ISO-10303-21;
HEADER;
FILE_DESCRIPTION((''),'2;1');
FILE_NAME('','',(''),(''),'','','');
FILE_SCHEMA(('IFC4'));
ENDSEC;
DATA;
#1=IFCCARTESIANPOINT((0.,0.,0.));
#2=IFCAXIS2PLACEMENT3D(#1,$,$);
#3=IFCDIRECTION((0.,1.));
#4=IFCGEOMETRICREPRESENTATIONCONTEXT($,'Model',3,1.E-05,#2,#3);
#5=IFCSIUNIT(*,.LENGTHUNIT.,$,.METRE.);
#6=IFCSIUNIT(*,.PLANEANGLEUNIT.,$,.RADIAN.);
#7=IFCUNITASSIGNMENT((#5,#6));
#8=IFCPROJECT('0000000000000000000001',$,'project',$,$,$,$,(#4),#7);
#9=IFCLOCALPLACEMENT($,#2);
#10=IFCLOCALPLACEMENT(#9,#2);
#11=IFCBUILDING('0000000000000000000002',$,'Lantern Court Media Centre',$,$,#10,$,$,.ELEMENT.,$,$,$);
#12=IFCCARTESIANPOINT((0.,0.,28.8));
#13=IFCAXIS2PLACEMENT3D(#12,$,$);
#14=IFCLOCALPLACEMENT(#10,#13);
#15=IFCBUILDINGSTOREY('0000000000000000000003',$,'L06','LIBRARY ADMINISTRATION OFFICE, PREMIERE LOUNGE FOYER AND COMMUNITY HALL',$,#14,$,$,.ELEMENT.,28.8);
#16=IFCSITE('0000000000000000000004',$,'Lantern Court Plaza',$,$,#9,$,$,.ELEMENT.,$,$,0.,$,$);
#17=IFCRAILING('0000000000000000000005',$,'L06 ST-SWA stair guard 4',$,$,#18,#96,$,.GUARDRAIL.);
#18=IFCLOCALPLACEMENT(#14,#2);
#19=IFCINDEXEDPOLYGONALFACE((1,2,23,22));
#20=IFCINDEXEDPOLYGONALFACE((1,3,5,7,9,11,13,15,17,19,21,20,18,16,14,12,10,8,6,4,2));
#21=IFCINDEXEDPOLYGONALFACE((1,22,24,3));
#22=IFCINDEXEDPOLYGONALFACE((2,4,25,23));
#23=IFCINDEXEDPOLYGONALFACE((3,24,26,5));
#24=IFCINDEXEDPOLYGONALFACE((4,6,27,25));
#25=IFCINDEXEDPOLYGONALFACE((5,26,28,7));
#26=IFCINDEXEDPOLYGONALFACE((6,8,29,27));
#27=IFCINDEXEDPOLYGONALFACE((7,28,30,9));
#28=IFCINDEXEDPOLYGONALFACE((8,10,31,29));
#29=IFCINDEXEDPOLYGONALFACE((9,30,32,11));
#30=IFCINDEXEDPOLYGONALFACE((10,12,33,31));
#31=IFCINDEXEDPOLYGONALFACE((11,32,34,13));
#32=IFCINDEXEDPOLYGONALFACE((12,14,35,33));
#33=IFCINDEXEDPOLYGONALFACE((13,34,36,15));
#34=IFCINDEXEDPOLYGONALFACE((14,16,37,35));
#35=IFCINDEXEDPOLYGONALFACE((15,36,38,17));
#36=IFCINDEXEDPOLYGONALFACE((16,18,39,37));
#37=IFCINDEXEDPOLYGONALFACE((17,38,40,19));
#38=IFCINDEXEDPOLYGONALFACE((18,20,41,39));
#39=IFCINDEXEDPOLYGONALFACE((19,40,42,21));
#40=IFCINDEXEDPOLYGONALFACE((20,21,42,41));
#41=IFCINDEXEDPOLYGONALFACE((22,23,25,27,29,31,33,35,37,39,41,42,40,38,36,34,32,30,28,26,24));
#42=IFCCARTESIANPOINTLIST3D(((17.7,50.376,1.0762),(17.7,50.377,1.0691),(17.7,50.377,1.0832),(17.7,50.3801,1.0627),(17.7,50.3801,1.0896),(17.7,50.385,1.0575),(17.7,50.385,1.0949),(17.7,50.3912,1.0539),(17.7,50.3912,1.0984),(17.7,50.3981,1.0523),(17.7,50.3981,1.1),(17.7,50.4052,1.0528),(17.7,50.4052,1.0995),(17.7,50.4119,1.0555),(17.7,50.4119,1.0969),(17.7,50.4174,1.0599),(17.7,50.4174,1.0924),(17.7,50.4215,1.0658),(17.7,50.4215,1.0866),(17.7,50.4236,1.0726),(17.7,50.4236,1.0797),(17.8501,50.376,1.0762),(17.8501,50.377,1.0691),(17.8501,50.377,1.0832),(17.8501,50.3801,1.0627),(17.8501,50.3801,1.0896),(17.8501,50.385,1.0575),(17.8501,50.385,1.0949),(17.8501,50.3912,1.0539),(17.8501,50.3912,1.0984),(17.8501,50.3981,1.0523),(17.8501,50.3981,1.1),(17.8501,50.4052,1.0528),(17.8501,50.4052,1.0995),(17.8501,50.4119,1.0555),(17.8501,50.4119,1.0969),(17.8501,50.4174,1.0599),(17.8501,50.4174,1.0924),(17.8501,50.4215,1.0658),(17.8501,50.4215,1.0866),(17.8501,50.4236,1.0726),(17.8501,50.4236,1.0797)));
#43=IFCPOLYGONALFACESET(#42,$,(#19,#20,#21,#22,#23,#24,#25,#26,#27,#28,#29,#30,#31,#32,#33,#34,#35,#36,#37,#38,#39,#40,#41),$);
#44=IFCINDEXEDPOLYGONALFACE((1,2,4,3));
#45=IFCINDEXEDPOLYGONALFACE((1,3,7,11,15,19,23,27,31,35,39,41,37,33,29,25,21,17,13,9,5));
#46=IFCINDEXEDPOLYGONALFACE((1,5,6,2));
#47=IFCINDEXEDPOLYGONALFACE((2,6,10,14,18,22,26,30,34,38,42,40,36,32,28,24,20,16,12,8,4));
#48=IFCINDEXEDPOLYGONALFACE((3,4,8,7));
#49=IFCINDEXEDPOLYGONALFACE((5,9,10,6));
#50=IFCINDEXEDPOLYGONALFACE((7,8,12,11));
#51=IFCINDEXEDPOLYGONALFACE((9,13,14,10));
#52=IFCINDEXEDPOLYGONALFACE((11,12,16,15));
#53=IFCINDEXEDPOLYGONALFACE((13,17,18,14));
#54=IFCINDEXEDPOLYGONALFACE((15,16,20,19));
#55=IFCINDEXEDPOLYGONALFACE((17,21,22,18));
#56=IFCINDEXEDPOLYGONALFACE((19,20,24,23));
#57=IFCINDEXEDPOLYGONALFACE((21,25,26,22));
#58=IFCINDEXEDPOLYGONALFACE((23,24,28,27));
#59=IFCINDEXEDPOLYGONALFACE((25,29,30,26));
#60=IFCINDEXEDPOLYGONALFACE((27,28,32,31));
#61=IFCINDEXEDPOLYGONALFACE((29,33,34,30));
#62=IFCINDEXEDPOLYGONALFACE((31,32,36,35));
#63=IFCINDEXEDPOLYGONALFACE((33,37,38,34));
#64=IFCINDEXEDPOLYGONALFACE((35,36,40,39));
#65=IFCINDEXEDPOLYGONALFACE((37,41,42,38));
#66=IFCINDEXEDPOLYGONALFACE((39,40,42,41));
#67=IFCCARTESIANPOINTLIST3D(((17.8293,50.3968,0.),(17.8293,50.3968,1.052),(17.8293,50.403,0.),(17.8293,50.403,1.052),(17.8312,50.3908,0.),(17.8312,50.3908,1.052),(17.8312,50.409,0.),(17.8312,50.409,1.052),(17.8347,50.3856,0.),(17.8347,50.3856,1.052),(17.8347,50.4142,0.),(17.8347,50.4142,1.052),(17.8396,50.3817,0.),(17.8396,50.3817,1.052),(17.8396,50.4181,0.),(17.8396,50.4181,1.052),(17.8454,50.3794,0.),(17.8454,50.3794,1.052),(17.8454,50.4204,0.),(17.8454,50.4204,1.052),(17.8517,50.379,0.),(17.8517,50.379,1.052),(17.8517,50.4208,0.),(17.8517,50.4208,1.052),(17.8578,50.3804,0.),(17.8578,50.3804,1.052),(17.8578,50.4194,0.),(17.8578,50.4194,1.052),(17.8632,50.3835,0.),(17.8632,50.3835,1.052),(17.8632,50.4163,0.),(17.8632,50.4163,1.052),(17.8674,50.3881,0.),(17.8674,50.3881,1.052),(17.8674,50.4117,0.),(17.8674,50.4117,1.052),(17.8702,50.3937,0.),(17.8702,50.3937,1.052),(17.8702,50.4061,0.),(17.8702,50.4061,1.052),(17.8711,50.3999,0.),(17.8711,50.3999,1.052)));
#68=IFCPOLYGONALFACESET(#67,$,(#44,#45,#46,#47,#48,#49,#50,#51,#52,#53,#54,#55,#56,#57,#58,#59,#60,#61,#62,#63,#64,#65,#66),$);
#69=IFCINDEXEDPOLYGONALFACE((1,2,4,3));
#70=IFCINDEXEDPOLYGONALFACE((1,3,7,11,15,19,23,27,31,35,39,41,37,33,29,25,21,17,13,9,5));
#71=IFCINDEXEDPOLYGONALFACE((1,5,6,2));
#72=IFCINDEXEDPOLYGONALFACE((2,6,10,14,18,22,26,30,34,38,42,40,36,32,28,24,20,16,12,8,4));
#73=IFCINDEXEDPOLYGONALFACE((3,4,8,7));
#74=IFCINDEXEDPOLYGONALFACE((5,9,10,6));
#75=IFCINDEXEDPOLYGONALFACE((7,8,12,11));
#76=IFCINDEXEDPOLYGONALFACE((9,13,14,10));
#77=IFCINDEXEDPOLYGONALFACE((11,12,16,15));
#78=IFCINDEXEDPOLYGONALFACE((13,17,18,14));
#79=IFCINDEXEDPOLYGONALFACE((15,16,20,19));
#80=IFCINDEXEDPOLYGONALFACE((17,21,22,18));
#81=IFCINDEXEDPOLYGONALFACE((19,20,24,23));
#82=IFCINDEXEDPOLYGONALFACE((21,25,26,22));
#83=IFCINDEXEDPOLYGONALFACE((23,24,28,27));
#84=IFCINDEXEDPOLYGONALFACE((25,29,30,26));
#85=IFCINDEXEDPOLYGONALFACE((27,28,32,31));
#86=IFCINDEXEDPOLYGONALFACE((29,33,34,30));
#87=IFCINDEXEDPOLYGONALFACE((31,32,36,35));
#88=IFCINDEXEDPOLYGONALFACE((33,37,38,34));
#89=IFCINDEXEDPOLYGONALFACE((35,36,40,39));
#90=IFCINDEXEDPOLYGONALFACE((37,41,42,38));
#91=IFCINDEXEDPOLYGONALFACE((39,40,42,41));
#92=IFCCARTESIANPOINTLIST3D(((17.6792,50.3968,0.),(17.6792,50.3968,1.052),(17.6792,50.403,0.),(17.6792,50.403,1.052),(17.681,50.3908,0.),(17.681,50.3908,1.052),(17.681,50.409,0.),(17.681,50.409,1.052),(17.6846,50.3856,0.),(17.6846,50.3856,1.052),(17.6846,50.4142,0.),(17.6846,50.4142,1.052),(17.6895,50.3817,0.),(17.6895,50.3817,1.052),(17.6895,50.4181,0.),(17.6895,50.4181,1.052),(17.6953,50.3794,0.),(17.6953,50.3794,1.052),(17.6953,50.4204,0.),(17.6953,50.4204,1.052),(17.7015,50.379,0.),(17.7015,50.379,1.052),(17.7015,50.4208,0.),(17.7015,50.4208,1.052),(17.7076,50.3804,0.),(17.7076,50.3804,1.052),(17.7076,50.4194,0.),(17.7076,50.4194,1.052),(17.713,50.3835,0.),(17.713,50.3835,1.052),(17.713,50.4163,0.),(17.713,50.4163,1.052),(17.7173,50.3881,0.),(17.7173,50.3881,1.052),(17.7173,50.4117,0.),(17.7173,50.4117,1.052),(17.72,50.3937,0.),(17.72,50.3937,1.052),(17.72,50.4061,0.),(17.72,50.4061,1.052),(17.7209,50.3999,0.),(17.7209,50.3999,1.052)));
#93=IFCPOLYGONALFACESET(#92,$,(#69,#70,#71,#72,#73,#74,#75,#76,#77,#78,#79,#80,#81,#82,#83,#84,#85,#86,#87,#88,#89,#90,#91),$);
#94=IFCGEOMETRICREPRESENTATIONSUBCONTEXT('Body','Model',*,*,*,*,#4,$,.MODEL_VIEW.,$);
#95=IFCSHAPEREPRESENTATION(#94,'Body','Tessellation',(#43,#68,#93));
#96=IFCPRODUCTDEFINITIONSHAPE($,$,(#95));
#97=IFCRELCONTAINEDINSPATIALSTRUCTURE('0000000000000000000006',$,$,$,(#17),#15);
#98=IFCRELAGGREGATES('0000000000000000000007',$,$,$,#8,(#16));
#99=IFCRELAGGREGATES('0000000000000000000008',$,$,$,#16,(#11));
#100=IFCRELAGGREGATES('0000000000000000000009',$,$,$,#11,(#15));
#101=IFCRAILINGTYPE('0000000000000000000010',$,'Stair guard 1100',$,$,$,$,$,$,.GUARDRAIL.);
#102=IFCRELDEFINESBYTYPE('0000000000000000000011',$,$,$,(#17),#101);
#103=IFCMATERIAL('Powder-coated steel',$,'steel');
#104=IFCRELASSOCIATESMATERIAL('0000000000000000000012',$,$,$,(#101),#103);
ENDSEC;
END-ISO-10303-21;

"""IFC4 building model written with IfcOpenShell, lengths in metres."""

from ifc_helpers import new_model, si_unit, direction, frame, origin, origin_2d, place, context, subcontext, project, spatial, circle, extrude, material, type_object, element, save


model = new_model("IFC4")

# Units and contexts
model_context = context("Model", 3, precision=1e-05, world=origin(), true_north=direction((0.0, 1.0)))
body_context = subcontext(model_context, "Body", "Model", "MODEL_VIEW")
ifc_project = project(units=[si_unit("LENGTHUNIT", "METRE"), si_unit("PLANEANGLEUNIT", "RADIAN")], contexts=[model_context])

# Site, building, storey
site_placement = place(None, origin())
site = spatial("IfcSite", under=ifc_project, at=site_placement, Name="Lantern Court Plaza", CompositionType="ELEMENT", RefElevation=0.0)
building_placement = place(site_placement, origin())
building = spatial("IfcBuilding", under=site, at=building_placement, Name="Lantern Court Media Centre", CompositionType="ELEMENT")
storey_placement = place(building_placement, frame((0.0, 0.0, 28.8)))
storey = spatial("IfcBuildingStorey", under=building, at=storey_placement, Name="L06", Description="LIBRARY ADMINISTRATION OFFICE, PREMIERE LOUNGE FOYER AND COMMUNITY HALL", CompositionType="ELEMENT", Elevation=28.8)

# Shared definitions
ifc_material_1 = material(Name="Powder-coated steel", Category="steel")

# Railing
railing_type_1 = type_object("IfcRailingType", Name="Stair guard 1100", PredefinedType="GUARDRAIL", material=ifc_material_1)
railing_1_placement = place(storey_placement, frame((17.8501, 50.3999, 0.0)))
element("IfcRailing", 1, at=railing_1_placement, inside=storey, type_object=railing_type_1, Name="L06 ST-SWA stair guard 4", PredefinedType="GUARDRAIL", context=body_context, shape_type="SweptSolid", body=[
    extrude(circle(Radius=0.0239, at=origin_2d()), frame((0.0, 0.0, 1.0762), z_axis=(-1.0, 0.0, 0.0), x_axis=(0.0, -1.0, 0.0)), (0.0, 0.0, 1.0), 0.1501),
    extrude(circle(Radius=0.021, at=origin_2d()), origin(), (0.0, 0.0, 1.0), 1.052),
    extrude(circle(Radius=0.021, at=origin_2d()), frame((-0.1501, 0.0, 0.0)), (0.0, 0.0, 1.0), 1.052),
])

save(model, "model.ifc")
